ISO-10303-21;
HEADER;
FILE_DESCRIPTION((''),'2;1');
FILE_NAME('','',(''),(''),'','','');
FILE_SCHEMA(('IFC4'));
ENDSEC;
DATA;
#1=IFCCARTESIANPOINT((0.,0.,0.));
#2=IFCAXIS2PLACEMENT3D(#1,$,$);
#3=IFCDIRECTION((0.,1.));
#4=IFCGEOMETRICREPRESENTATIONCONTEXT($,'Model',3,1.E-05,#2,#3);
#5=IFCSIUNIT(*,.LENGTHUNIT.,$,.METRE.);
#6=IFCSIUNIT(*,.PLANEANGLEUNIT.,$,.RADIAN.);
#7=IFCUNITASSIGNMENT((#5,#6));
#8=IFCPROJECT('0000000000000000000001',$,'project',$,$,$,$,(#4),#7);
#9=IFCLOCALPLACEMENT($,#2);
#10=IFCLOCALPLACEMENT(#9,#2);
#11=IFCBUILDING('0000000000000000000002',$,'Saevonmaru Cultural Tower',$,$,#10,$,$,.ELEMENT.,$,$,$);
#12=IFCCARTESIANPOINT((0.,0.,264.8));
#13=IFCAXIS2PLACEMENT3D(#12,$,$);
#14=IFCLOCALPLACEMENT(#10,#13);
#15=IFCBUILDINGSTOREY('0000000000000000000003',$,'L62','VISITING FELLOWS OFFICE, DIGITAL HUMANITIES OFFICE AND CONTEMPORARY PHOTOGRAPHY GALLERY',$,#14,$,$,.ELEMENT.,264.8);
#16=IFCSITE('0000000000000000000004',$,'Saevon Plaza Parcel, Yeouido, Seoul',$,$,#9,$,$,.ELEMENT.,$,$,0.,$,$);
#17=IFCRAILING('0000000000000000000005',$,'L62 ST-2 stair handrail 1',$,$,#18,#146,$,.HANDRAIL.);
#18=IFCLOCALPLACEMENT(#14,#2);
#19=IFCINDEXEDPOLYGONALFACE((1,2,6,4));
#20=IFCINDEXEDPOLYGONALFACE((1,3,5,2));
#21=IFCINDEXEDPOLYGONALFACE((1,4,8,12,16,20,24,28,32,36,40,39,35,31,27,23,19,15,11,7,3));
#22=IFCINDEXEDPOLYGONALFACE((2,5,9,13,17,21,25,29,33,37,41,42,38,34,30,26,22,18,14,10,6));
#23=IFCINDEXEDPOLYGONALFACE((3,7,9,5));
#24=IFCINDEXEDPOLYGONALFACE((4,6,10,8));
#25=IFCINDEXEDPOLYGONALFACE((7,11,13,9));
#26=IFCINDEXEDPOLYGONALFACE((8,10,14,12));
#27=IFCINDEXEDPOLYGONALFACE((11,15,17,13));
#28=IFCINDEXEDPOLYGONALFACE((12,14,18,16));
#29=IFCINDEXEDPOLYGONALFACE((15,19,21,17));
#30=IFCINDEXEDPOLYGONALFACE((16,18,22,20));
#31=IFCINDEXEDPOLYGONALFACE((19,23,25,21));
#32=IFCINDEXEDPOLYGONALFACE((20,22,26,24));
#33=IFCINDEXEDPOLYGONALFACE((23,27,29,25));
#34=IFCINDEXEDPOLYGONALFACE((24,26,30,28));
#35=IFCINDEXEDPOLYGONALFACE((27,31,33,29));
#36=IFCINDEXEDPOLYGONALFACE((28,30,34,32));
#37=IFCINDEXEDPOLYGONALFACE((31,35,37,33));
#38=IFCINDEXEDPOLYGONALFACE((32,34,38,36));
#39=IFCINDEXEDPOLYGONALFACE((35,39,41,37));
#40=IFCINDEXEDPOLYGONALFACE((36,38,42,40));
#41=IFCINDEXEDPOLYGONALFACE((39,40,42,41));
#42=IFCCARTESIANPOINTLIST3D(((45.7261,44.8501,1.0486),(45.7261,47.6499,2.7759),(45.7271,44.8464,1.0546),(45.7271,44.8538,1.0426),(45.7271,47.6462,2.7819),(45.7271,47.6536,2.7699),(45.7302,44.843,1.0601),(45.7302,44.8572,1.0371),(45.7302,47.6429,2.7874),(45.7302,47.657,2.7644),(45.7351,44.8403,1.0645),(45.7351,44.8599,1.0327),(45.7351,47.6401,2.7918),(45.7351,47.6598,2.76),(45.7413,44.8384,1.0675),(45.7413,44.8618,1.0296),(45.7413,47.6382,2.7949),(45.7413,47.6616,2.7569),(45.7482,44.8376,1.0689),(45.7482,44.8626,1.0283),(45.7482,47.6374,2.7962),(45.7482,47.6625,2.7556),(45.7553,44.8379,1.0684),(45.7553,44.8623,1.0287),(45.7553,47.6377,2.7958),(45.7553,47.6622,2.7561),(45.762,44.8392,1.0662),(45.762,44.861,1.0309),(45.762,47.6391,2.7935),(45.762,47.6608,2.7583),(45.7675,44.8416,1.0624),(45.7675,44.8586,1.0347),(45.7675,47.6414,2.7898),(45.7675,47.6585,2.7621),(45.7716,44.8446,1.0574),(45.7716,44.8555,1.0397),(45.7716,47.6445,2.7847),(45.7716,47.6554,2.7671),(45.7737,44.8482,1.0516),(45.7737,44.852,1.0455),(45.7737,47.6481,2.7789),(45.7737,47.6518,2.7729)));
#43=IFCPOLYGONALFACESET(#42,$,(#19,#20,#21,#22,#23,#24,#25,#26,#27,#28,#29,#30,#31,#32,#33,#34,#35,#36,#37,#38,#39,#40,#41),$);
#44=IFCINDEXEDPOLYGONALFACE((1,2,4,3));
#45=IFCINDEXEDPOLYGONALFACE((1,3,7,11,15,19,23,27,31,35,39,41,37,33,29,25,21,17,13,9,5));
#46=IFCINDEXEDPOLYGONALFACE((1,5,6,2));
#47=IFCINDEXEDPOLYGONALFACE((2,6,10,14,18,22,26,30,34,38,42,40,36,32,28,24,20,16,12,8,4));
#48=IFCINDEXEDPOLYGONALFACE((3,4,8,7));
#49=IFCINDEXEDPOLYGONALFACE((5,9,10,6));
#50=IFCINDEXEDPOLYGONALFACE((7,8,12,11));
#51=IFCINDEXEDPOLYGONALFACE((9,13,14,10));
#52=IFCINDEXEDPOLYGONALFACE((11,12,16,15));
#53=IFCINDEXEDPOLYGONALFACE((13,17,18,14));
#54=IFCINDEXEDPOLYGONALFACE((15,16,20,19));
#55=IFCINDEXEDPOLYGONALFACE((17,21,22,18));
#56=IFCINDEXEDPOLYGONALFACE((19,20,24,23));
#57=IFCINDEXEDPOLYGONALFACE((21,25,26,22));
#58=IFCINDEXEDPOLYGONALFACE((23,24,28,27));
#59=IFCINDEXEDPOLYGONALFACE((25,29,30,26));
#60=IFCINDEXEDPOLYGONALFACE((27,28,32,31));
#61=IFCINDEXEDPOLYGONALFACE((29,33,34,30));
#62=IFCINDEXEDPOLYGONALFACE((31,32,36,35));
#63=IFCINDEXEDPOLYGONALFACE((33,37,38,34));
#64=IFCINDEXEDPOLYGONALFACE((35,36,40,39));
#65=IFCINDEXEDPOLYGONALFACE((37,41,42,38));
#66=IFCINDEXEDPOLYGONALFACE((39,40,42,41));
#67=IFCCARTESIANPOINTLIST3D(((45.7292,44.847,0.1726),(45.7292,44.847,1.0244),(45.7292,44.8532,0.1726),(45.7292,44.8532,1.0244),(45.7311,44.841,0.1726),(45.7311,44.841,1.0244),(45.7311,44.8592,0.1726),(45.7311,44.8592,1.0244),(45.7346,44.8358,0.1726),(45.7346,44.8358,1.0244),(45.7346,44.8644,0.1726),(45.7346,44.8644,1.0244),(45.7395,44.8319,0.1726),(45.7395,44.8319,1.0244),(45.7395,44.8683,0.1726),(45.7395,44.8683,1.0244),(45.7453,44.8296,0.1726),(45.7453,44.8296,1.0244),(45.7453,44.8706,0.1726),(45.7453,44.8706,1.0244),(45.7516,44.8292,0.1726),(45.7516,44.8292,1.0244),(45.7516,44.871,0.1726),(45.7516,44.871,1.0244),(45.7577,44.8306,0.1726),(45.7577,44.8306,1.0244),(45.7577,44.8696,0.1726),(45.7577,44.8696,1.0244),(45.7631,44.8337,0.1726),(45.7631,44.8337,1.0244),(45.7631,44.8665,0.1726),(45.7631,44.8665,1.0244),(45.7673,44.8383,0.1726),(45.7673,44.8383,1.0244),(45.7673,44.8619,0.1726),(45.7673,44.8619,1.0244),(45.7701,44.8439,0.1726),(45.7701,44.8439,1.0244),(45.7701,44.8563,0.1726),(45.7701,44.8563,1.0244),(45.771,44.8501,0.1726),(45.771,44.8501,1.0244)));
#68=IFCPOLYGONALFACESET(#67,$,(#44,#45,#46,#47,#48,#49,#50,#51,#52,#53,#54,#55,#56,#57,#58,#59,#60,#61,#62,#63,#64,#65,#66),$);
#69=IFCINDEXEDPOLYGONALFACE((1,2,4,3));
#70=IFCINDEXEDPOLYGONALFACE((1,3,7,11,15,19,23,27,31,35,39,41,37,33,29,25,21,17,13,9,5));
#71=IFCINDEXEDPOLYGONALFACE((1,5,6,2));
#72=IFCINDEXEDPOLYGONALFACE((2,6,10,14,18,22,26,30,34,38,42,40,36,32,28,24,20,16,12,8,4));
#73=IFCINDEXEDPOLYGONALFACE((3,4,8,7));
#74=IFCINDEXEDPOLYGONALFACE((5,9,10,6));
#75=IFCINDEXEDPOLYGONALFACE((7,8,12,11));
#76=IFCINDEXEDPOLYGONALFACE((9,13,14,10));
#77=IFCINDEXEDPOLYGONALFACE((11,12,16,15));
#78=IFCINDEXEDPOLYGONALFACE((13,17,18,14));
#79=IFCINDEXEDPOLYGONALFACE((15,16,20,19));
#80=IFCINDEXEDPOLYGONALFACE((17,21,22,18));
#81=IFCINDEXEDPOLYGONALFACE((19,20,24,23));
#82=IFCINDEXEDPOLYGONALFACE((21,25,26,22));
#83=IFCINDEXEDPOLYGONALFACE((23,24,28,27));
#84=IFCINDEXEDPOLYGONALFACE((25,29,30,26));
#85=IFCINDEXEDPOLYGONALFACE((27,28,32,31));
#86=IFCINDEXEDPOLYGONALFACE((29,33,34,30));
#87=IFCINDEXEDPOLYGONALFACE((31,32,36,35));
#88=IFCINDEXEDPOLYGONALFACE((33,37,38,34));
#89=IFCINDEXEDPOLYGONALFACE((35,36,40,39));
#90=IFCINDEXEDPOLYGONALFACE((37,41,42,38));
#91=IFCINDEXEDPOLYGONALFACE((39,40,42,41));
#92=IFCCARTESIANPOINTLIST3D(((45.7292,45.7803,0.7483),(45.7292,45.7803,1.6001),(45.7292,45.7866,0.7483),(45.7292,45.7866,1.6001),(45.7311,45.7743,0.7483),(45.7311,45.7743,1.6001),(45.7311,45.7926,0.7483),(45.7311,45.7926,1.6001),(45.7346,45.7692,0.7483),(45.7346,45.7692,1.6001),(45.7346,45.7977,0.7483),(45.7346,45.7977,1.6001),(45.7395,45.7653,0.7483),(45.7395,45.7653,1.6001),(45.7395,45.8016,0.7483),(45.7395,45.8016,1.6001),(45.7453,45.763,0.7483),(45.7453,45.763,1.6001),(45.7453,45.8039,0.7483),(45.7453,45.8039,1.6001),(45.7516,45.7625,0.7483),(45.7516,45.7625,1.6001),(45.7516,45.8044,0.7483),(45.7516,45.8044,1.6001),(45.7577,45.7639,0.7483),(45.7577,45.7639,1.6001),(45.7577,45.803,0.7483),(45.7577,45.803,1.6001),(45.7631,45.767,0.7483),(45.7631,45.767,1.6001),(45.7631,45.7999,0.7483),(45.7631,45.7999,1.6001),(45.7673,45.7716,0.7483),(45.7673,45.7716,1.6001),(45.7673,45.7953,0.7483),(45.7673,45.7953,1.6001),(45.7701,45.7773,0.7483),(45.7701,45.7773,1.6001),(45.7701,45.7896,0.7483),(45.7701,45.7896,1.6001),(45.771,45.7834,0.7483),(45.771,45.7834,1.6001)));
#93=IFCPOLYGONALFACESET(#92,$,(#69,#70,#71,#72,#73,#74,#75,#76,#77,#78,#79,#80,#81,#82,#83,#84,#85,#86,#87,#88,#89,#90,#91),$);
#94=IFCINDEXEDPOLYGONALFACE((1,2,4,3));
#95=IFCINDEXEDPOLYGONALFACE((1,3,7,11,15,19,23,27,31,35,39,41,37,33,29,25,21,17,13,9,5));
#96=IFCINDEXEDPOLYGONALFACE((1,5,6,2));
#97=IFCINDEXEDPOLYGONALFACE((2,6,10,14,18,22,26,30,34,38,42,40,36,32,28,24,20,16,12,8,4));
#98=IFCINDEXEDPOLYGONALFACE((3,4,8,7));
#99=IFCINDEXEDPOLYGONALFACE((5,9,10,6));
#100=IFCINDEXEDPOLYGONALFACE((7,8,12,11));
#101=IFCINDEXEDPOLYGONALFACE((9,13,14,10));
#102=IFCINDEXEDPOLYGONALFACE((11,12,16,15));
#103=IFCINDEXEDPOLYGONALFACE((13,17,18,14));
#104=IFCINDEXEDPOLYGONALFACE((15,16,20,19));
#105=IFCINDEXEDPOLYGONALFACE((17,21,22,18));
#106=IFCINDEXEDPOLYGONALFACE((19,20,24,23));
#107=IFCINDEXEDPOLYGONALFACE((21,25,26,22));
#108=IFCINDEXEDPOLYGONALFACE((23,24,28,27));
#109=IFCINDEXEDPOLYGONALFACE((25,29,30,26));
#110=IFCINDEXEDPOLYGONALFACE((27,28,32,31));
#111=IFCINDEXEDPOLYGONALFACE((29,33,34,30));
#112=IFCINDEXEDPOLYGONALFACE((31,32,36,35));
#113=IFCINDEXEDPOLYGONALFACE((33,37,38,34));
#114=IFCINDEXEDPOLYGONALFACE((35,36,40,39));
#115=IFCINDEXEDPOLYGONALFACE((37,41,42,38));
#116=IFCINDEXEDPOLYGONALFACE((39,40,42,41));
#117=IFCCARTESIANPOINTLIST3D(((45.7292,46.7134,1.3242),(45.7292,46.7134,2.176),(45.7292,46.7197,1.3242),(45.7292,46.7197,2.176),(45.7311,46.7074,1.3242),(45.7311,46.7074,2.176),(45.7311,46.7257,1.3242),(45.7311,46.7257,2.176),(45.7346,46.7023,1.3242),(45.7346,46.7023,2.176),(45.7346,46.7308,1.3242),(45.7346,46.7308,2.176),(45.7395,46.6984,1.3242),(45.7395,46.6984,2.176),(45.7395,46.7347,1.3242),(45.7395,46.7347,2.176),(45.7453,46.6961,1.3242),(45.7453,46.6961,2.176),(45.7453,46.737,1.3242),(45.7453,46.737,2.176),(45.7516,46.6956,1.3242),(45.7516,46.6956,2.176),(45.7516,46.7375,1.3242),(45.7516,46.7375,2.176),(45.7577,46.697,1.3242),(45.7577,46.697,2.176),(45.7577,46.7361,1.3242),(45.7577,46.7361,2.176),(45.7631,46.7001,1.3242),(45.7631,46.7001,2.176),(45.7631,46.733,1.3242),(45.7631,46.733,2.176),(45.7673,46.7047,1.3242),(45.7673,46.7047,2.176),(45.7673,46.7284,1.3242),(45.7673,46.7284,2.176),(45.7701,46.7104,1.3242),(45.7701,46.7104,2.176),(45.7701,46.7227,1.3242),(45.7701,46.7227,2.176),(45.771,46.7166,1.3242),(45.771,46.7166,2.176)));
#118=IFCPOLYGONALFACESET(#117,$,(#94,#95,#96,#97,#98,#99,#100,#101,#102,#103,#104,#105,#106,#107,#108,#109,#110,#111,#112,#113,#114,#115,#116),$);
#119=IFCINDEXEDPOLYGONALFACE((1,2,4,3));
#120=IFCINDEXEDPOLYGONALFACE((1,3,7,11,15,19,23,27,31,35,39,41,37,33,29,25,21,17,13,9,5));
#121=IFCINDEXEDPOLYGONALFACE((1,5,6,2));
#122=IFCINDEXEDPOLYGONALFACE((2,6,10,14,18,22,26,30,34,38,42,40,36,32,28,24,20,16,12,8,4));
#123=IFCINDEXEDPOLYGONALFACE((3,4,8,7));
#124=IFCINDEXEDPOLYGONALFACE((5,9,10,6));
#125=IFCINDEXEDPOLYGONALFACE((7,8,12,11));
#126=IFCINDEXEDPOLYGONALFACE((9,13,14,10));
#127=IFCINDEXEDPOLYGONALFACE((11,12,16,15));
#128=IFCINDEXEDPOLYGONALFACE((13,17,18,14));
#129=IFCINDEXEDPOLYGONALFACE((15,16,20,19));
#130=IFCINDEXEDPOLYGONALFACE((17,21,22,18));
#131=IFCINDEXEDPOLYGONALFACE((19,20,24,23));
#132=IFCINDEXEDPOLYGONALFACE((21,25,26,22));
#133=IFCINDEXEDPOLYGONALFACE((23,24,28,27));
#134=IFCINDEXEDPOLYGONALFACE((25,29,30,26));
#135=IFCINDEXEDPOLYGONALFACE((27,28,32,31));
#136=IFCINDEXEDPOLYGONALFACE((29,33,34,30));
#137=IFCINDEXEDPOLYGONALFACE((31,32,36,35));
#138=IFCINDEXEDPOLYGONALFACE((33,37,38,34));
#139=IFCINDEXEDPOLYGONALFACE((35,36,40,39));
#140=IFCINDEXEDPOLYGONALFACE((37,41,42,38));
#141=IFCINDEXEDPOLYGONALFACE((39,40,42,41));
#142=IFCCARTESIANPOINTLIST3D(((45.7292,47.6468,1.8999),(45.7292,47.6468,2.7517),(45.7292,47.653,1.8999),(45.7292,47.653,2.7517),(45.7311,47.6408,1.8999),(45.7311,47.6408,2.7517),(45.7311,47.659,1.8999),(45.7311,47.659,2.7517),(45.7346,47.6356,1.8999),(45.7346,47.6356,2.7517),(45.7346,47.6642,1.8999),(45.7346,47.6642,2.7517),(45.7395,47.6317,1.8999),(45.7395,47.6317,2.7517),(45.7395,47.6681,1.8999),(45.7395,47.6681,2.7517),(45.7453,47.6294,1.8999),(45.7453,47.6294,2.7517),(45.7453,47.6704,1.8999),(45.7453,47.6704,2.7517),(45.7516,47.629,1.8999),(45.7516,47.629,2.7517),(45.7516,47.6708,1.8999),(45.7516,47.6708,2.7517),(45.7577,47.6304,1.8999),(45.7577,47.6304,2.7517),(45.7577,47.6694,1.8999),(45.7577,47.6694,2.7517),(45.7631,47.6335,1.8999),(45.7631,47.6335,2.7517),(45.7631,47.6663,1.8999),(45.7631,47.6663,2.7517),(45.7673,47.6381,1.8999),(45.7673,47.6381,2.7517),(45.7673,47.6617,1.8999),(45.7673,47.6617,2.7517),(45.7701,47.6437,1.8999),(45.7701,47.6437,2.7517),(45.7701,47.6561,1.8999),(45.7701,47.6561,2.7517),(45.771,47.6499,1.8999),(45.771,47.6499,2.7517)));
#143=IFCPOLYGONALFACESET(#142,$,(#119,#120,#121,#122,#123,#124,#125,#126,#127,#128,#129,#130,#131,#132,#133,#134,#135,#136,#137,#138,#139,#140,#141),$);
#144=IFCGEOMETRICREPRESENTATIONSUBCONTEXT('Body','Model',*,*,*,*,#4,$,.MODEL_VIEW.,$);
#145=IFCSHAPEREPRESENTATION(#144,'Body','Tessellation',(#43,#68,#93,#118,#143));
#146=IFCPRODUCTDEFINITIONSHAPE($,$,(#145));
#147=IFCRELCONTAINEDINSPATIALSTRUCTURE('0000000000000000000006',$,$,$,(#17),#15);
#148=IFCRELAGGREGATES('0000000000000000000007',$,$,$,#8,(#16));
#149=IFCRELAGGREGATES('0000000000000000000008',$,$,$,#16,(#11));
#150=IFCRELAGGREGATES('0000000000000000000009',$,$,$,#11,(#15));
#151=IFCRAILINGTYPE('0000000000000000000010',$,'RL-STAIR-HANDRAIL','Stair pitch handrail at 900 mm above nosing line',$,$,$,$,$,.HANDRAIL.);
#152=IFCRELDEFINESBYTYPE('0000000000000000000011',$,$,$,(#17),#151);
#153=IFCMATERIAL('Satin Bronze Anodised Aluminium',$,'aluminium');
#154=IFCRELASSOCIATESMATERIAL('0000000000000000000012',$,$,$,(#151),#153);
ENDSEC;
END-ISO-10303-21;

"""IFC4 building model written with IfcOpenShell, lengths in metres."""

from ifc_helpers import new_model, si_unit, direction, frame, origin, origin_2d, place, context, subcontext, project, spatial, circle, extrude, material, type_object, element, save


model = new_model("IFC4")

# Units and contexts
model_context = context("Model", 3, precision=1e-05, world=origin(), true_north=direction((0.0, 1.0)))
body_context = subcontext(model_context, "Body", "Model", "MODEL_VIEW")
ifc_project = project(units=[si_unit("LENGTHUNIT", "METRE"), si_unit("PLANEANGLEUNIT", "RADIAN")], contexts=[model_context])

# Site, building, storey
site_placement = place(None, origin())
site = spatial("IfcSite", under=ifc_project, at=site_placement, Name="Saevon Plaza Parcel, Yeouido, Seoul", CompositionType="ELEMENT", RefElevation=0.0)
building_placement = place(site_placement, origin())
building = spatial("IfcBuilding", under=site, at=building_placement, Name="Saevonmaru Cultural Tower", CompositionType="ELEMENT")
storey_placement = place(building_placement, frame((0.0, 0.0, 264.8)))
storey = spatial("IfcBuildingStorey", under=building, at=storey_placement, Name="L62", Description="VISITING FELLOWS OFFICE, DIGITAL HUMANITIES OFFICE AND CONTEMPORARY PHOTOGRAPHY GALLERY", CompositionType="ELEMENT", Elevation=264.8)

# Shared definitions
ifc_material_1 = material(Name="Satin Bronze Anodised Aluminium", Category="aluminium")

# Railing
railing_type_1 = type_object("IfcRailingType", Name="RL-STAIR-HANDRAIL", Description="Stair pitch handrail at 900 mm above nosing line", PredefinedType="HANDRAIL", material=ifc_material_1)
railing_1_placement = place(storey_placement, frame((45.75, 44.8501, 0.1726)))
element("IfcRailing", 1, at=railing_1_placement, inside=storey, type_object=railing_type_1, Name="L62 ST-2 stair handrail 1", PredefinedType="HANDRAIL", context=body_context, shape_type="SweptSolid", body=[
    extrude(circle(Radius=0.0239, at=origin_2d()), frame((0.0, 0.0, 0.876), z_axis=(0.0, 0.851069, 0.525054), x_axis=(-1.0, 0.0, 0.0)), (0.0, 0.0, 1.0), 3.2898),
    extrude(circle(Radius=0.021, at=origin_2d()), origin(), (0.0, 0.0, 1.0), 0.8518),
    extrude(circle(Radius=0.021, at=origin_2d()), frame((0.0, 0.9333, 0.5757)), (0.0, 0.0, 1.0), 0.8518),
    extrude(circle(Radius=0.021, at=origin_2d()), frame((0.0, 1.8665, 1.1516)), (0.0, 0.0, 1.0), 0.8518),
    extrude(circle(Radius=0.021, at=origin_2d()), frame((0.0, 2.7998, 1.7273)), (0.0, 0.0, 1.0), 0.8518),
])

save(model, "model.ifc")
